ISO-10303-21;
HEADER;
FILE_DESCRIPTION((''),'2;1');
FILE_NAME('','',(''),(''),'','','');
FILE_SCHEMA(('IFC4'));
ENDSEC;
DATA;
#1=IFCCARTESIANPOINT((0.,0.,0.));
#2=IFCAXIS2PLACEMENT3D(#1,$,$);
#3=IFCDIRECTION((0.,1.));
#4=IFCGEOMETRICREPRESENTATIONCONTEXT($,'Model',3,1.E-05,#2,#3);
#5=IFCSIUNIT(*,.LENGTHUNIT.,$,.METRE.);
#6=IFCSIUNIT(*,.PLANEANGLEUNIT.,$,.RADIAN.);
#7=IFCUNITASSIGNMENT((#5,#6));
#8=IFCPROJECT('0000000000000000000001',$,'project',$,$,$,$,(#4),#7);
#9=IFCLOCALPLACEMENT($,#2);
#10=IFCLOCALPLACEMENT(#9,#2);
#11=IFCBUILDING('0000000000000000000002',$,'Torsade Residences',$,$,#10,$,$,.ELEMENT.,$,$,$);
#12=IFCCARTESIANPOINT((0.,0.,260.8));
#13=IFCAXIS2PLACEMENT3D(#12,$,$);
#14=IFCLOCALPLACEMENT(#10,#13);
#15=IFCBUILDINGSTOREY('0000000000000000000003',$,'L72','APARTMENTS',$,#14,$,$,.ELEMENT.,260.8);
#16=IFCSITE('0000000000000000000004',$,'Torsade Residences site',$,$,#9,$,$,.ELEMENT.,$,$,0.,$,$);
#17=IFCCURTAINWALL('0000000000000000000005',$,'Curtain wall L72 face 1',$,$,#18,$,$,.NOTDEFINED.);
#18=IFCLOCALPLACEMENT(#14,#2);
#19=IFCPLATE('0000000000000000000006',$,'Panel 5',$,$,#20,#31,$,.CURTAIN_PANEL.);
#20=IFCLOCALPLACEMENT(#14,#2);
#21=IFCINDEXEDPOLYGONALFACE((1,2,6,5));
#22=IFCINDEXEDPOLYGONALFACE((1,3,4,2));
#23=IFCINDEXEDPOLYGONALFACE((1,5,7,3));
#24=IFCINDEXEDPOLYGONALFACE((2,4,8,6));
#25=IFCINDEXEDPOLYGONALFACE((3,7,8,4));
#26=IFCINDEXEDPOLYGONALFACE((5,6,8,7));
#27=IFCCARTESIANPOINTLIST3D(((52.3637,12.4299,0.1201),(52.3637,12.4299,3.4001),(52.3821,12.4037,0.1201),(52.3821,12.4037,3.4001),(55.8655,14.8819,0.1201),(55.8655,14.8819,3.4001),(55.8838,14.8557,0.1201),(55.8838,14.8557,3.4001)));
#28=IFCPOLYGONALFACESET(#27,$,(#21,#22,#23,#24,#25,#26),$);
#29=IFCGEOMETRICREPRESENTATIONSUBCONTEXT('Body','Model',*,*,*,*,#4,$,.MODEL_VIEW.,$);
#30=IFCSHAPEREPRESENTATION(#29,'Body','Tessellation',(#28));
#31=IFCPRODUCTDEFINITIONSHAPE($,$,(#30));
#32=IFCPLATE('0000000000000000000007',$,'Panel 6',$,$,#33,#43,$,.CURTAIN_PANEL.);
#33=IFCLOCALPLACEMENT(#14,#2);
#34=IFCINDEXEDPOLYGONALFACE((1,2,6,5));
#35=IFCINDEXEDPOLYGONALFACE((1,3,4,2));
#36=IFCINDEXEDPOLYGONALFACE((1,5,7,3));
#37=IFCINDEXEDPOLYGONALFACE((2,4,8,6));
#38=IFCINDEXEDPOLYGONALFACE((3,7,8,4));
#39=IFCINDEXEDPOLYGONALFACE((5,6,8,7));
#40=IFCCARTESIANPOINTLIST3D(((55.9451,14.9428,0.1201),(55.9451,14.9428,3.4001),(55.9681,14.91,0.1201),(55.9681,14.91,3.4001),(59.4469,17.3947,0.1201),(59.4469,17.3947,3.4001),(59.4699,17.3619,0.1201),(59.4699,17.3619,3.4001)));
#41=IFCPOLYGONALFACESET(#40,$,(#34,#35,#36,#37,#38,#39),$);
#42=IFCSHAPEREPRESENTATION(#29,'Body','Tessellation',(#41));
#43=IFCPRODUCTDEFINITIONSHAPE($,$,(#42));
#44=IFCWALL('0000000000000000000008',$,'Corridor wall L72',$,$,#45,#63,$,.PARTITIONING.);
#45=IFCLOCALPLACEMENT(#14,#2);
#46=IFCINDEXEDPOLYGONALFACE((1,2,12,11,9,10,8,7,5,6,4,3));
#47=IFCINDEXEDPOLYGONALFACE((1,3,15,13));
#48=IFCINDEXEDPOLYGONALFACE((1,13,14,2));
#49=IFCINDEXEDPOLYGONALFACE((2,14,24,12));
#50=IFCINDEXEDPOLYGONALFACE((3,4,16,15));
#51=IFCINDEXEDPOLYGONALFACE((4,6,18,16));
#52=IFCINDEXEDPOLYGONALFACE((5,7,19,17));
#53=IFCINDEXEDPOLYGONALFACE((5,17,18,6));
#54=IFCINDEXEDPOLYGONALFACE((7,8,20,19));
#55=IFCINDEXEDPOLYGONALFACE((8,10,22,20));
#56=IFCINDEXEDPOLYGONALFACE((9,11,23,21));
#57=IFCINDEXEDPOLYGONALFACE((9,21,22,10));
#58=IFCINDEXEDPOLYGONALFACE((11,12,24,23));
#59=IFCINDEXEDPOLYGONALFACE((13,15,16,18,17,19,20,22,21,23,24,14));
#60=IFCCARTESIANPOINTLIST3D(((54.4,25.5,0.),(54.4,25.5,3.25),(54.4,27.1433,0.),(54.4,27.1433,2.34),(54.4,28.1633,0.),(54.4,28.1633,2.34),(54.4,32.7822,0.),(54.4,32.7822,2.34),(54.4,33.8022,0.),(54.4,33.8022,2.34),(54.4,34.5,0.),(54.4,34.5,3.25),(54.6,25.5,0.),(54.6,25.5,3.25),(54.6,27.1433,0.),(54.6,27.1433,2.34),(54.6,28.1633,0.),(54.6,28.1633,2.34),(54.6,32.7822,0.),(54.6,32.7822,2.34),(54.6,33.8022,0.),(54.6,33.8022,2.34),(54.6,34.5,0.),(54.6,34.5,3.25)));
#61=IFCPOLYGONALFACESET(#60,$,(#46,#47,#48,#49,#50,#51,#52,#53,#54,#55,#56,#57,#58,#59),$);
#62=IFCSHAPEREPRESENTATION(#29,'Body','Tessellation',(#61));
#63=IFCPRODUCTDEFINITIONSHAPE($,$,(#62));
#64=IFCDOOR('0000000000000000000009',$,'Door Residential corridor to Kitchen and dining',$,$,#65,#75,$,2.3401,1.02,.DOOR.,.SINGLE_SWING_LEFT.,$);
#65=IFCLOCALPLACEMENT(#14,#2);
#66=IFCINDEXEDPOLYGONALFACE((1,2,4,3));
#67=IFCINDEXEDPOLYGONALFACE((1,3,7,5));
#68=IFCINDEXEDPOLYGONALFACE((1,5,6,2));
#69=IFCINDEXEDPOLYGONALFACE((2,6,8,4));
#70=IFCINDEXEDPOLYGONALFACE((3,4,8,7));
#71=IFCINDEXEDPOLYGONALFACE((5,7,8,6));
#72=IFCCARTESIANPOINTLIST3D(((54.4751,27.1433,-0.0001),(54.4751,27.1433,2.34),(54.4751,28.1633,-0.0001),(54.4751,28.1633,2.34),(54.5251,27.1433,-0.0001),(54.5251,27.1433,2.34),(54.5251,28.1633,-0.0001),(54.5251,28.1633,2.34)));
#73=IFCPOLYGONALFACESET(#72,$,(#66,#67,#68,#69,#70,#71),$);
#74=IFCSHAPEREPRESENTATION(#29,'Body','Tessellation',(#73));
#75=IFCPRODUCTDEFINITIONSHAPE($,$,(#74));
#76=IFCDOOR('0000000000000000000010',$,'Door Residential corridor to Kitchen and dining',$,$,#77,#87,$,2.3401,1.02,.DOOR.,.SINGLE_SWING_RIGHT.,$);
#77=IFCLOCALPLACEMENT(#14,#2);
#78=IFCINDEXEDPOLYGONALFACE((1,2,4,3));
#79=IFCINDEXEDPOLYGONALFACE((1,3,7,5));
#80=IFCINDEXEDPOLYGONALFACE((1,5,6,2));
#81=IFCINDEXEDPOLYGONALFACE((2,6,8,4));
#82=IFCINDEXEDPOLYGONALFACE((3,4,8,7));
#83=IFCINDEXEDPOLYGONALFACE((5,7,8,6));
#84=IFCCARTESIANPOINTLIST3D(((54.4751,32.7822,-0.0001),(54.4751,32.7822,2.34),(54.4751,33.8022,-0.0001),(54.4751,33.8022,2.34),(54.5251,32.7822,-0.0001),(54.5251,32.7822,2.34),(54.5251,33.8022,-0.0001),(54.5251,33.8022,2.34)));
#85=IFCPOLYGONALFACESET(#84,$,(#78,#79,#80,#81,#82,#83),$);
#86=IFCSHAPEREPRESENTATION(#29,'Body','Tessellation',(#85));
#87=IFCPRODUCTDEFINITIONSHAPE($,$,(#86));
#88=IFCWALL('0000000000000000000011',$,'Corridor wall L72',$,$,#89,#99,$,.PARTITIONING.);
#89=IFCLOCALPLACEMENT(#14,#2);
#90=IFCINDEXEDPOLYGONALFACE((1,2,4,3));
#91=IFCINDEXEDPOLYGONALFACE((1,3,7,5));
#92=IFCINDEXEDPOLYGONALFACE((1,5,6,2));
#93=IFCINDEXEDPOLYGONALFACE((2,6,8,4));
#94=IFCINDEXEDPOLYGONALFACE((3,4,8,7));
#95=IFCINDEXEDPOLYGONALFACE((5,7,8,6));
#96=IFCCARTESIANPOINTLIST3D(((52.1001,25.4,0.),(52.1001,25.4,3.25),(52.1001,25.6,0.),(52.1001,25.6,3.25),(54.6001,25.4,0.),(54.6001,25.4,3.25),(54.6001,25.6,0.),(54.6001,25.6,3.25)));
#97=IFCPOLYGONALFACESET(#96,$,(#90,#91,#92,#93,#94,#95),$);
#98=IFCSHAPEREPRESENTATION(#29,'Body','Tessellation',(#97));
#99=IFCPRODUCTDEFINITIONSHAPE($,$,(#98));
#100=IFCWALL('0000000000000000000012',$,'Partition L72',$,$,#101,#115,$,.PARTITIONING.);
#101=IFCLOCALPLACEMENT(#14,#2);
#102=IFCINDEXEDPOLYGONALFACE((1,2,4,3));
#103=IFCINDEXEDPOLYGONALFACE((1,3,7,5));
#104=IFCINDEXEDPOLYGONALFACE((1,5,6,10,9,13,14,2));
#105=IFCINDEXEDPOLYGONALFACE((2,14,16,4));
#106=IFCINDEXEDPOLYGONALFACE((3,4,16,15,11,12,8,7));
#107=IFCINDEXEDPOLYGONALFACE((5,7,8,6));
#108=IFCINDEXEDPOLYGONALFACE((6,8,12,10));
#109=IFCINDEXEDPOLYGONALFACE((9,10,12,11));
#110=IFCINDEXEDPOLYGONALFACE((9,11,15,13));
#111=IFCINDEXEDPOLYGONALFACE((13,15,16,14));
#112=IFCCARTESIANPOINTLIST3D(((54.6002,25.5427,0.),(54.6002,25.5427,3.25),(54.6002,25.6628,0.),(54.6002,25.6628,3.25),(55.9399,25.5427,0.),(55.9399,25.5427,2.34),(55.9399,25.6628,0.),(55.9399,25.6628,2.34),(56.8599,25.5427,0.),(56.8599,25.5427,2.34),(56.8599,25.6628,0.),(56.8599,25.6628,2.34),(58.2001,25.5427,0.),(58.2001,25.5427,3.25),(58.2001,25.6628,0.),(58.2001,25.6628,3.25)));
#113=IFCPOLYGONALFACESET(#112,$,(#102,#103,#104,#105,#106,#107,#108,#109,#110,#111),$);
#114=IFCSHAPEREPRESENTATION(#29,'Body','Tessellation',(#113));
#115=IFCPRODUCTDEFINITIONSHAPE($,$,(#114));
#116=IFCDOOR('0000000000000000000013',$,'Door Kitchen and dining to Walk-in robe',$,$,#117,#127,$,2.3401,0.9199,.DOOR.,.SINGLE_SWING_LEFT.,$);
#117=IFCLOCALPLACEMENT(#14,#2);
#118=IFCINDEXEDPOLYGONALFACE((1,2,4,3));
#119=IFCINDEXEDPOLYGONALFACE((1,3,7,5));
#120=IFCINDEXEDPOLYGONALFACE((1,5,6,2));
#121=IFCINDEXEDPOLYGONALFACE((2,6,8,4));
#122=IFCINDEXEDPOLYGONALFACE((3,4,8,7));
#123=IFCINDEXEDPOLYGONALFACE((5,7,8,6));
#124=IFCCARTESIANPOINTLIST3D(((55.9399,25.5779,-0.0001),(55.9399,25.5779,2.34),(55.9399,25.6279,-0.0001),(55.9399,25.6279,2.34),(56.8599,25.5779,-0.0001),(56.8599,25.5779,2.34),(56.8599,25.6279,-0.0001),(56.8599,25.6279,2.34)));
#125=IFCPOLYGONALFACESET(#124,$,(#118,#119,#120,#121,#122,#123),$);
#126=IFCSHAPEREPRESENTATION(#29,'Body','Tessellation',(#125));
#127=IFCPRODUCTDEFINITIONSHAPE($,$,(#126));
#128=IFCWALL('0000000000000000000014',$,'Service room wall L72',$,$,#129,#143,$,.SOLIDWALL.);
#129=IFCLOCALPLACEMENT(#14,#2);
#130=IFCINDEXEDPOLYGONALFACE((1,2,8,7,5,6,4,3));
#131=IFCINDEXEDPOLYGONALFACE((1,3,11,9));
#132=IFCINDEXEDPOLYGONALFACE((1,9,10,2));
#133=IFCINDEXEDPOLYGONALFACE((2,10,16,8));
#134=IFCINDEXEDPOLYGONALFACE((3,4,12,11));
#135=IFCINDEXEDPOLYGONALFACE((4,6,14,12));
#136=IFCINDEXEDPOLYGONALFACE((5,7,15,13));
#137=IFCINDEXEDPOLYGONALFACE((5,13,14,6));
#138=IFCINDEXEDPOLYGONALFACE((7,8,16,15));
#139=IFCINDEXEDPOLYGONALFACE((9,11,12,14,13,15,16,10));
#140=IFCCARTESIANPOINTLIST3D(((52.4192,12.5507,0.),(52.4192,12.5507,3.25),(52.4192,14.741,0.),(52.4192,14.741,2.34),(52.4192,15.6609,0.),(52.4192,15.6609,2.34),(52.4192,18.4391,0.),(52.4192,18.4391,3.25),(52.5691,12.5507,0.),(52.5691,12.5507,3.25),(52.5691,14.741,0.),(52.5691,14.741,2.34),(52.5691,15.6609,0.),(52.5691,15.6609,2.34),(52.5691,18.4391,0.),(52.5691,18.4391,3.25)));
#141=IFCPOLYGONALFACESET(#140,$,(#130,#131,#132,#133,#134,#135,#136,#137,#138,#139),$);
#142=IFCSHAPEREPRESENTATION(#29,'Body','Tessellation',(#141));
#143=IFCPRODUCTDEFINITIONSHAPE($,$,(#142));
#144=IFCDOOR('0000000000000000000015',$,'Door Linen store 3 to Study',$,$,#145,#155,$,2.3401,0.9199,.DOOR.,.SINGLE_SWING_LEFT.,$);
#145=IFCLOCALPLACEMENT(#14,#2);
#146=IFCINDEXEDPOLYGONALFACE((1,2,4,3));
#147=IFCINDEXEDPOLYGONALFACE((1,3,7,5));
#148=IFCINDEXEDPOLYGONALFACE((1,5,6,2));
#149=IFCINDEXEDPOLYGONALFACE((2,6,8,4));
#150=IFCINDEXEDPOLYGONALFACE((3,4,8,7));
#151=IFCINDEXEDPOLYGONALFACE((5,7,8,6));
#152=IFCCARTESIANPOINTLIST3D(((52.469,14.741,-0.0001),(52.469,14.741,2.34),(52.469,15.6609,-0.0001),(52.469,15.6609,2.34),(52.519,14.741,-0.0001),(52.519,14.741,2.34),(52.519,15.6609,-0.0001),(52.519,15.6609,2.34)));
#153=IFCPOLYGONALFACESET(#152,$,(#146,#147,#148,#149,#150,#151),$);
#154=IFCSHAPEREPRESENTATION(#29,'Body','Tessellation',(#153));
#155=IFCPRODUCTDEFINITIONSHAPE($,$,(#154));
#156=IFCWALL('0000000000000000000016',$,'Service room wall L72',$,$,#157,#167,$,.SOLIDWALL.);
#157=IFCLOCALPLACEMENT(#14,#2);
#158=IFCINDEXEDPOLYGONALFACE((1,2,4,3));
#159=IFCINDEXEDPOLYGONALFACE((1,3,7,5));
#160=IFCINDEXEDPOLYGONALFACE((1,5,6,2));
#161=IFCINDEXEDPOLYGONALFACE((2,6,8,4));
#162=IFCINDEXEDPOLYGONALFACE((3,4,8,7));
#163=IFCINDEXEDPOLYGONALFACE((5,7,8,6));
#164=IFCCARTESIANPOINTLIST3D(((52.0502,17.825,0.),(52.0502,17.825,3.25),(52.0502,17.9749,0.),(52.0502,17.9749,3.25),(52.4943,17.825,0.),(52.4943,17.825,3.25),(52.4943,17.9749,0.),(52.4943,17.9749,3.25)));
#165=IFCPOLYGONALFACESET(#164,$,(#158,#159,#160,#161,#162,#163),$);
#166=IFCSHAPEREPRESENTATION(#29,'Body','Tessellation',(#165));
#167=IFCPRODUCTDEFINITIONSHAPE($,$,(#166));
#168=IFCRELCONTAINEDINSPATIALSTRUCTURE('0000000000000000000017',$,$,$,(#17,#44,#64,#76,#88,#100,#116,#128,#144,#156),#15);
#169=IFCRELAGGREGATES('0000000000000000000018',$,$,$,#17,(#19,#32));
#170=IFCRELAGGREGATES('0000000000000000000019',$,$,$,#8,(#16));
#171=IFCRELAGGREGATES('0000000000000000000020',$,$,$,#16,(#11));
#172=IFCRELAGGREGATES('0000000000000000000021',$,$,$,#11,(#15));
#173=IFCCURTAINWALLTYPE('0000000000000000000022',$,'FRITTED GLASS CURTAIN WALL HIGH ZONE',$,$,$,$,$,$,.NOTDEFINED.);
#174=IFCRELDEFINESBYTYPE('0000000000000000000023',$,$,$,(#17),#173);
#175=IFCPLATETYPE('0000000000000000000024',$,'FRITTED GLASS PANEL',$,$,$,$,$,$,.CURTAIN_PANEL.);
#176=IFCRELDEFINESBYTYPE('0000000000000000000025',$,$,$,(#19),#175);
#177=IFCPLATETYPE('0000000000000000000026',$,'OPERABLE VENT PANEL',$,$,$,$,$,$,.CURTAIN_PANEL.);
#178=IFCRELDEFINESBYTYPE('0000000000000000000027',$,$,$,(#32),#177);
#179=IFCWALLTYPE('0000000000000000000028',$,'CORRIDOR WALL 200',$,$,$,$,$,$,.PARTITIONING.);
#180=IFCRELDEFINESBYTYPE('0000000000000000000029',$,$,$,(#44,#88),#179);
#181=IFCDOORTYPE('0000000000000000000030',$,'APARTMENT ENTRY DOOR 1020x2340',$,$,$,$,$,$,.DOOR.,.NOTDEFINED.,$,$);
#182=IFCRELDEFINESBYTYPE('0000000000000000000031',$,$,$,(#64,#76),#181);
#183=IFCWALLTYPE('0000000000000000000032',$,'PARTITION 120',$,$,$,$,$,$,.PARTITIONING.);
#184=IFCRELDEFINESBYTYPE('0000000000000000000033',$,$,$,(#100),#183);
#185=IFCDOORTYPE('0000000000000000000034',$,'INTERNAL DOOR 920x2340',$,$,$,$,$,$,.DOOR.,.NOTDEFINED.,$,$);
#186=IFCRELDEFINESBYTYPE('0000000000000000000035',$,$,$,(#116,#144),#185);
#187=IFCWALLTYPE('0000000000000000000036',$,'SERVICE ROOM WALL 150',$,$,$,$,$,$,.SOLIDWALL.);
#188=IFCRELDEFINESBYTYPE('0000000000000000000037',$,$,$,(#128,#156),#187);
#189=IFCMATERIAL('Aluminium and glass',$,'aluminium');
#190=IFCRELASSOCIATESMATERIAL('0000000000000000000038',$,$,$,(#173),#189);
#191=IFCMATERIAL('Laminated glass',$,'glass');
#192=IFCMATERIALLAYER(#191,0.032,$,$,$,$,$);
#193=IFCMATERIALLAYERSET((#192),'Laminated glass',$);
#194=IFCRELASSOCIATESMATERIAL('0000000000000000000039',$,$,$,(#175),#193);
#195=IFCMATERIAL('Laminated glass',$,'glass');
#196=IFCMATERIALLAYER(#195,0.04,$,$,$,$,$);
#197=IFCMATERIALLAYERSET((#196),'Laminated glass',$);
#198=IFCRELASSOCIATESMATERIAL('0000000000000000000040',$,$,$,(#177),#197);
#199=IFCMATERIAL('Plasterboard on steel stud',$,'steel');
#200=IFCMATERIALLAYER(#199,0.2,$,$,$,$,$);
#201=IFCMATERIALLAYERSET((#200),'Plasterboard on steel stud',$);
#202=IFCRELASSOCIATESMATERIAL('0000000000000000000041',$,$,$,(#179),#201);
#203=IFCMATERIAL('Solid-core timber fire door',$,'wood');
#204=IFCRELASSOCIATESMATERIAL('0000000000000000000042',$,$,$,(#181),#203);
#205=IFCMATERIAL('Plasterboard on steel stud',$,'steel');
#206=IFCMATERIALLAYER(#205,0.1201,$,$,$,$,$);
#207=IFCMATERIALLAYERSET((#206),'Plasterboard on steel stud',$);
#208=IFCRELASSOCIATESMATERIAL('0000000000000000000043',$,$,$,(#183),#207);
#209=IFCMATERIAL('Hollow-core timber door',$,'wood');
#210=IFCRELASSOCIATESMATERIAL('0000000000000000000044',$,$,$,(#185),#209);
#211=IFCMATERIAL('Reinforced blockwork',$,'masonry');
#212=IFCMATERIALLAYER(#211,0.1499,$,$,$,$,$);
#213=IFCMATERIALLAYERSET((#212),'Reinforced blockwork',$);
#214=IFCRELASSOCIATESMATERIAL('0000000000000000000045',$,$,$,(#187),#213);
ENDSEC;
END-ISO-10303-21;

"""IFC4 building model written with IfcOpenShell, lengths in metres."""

from ifc_helpers import new_model, si_unit, direction, frame, frame_2d, origin, origin_2d, place, context, subcontext, project, spatial, rectangle, extrude, material, layer, layer_set, type_object, element, fill, aggregate, save


model = new_model("IFC4")

# Units and contexts
model_context = context("Model", 3, precision=1e-05, world=origin(), true_north=direction((0.0, 1.0)))
body_context = subcontext(model_context, "Body", "Model", "MODEL_VIEW")
ifc_project = project(units=[si_unit("LENGTHUNIT", "METRE"), si_unit("PLANEANGLEUNIT", "RADIAN")], contexts=[model_context])

# Site, building, storey
site_placement = place(None, origin())
site = spatial("IfcSite", under=ifc_project, at=site_placement, Name="Torsade Residences site", CompositionType="ELEMENT", RefElevation=0.0)
building_placement = place(site_placement, origin())
building = spatial("IfcBuilding", under=site, at=building_placement, Name="Torsade Residences", CompositionType="ELEMENT")
storey_placement = place(building_placement, frame((0.0, 0.0, 260.8)))
storey = spatial("IfcBuildingStorey", under=building, at=storey_placement, Name="L72", Description="APARTMENTS", CompositionType="ELEMENT", Elevation=260.8)

# Curtain wall
ifc_material_1 = material(Name="Aluminium and glass", Category="aluminium")
curtain_wall_type = type_object("IfcCurtainWallType", Name="FRITTED GLASS CURTAIN WALL HIGH ZONE", PredefinedType="NOTDEFINED", material=ifc_material_1)
curtain_wall_placement = place(storey_placement, origin())
curtain_wall = element("IfcCurtainWall", 1, at=curtain_wall_placement, inside=storey, type_object=curtain_wall_type, Name="Curtain wall L72 face 1", PredefinedType="NOTDEFINED")

# Plates
ifc_material_2 = material(Name="Laminated glass", Category="glass")
ifc_layer_1 = layer(ifc_material_2, 0.032)
ifc_layer_set_1 = layer_set([ifc_layer_1], Name="Laminated glass")
plate_type_1 = type_object("IfcPlateType", Name="FRITTED GLASS PANEL", PredefinedType="CURTAIN_PANEL", material=ifc_layer_set_1)
plate_1_placement = place(storey_placement, frame((54.1238, 13.6428, 0.1201), z_axis=(0.0, 0.0, 1.0), x_axis=(0.819152, 0.573576, 0.0)))
plate_1 = element("IfcPlate", 2, at=plate_1_placement, type_object=plate_type_1, Name="Panel 5", PredefinedType="CURTAIN_PANEL", context=body_context, shape_type="SweptSolid", body=[
    extrude(rectangle(XDim=4.2749, YDim=0.032, at=origin_2d()), origin(), (0.0, 0.0, 1.0), 3.28),
])
ifc_material_3 = material(Name="Laminated glass", Category="glass")
ifc_layer_2 = layer(ifc_material_3, 0.04)
ifc_layer_set_2 = layer_set([ifc_layer_2], Name="Laminated glass")
plate_type_2 = type_object("IfcPlateType", Name="OPERABLE VENT PANEL", PredefinedType="CURTAIN_PANEL", material=ifc_layer_set_2)
plate_2_placement = place(storey_placement, frame((57.7075, 16.1523, 0.1201), z_axis=(0.0, 0.0, 1.0), x_axis=(0.819152, 0.573576, 0.0)))
plate_2 = element("IfcPlate", 3, at=plate_2_placement, type_object=plate_type_2, Name="Panel 6", PredefinedType="CURTAIN_PANEL", context=body_context, shape_type="SweptSolid", body=[
    extrude(rectangle(XDim=4.2749, YDim=0.04, at=origin_2d()), origin(), (0.0, 0.0, 1.0), 3.28),
])
aggregate(curtain_wall, [plate_1, plate_2])

# Wall, openings, doors
ifc_material_4 = material(Name="Plasterboard on steel stud", Category="steel")
ifc_layer_3 = layer(ifc_material_4, 0.2)
ifc_layer_set_3 = layer_set([ifc_layer_3], Name="Plasterboard on steel stud")
wall_type_1 = type_object("IfcWallType", Name="CORRIDOR WALL 200", PredefinedType="PARTITIONING", material=ifc_layer_set_3)
wall_1_placement = place(storey_placement, frame((54.5, 25.5, 0.0), z_axis=(0.0, 0.0, 1.0), x_axis=(0.0, 1.0, 0.0)))
wall_1 = element("IfcWall", 4, at=wall_1_placement, inside=storey, type_object=wall_type_1, Name="Corridor wall L72", PredefinedType="PARTITIONING", context=body_context, shape_type="SweptSolid", body=[
    extrude(rectangle(XDim=9.0, YDim=0.2, at=frame_2d((4.5, 0.0))), origin(), (0.0, 0.0, 1.0), 3.25),
])
opening_1_placement = place(wall_1_placement, frame((1.6433, 0.0, 0.0)))
opening_1 = element("IfcOpeningElement", 5, at=opening_1_placement, cuts=wall_1, PredefinedType="OPENING", context=body_context, shape_type="SweptSolid", body=[
    extrude(rectangle(XDim=1.02, YDim=2.3401, at=frame_2d((0.51, 1.1699))), frame((0.0, 0.1099, 0.0), z_axis=(0.0, -1.0, 0.0), x_axis=(1.0, 0.0, 0.0)), (0.0, 0.0, 1.0), 0.22),
])
opening_2_placement = place(wall_1_placement, frame((7.2822, 0.0, 0.0)))
opening_2 = element("IfcOpeningElement", 6, at=opening_2_placement, cuts=wall_1, PredefinedType="OPENING", context=body_context, shape_type="SweptSolid", body=[
    extrude(rectangle(XDim=1.02, YDim=2.3401, at=frame_2d((0.51, 1.1699))), frame((0.0, 0.1099, 0.0), z_axis=(0.0, -1.0, 0.0), x_axis=(1.0, 0.0, 0.0)), (0.0, 0.0, 1.0), 0.22),
])
ifc_material_5 = material(Name="Solid-core timber fire door", Category="wood")
door_type_1 = type_object("IfcDoorType", Name="APARTMENT ENTRY DOOR 1020x2340", OperationType="NOTDEFINED", PredefinedType="DOOR", material=ifc_material_5)
door_1_placement = place(opening_1_placement, origin())
door_1 = element("IfcDoor", 7, at=door_1_placement, inside=storey, type_object=door_type_1, Name="Door Residential corridor to Kitchen and dining", OperationType="SINGLE_SWING_LEFT", OverallHeight=2.3401, OverallWidth=1.02, PredefinedType="DOOR", context=body_context, shape_type="SweptSolid", body=[
    extrude(rectangle(XDim=1.02, YDim=2.3401, at=frame_2d((0.51, 1.1699))), frame((0.0, 0.0249, 0.0), z_axis=(0.0, -1.0, 0.0), x_axis=(1.0, 0.0, 0.0)), (0.0, 0.0, 1.0), 0.05),
])
fill(opening_1, door_1)
door_2_placement = place(opening_2_placement, origin())
door_2 = element("IfcDoor", 8, at=door_2_placement, inside=storey, type_object=door_type_1, Name="Door Residential corridor to Kitchen and dining", OperationType="SINGLE_SWING_RIGHT", OverallHeight=2.3401, OverallWidth=1.02, PredefinedType="DOOR", context=body_context, shape_type="SweptSolid", body=[
    extrude(rectangle(XDim=1.02, YDim=2.3401, at=frame_2d((0.51, 1.1699))), frame((0.0, 0.0249, 0.0), z_axis=(0.0, -1.0, 0.0), x_axis=(1.0, 0.0, 0.0)), (0.0, 0.0, 1.0), 0.05),
])
fill(opening_2, door_2)

# Wall
wall_2_placement = place(storey_placement, frame((52.1001, 25.5, 0.0), z_axis=(0.0, 0.0, 1.0), x_axis=(1.0, 0.0, 0.0)))
element("IfcWall", 9, at=wall_2_placement, inside=storey, type_object=wall_type_1, Name="Corridor wall L72", PredefinedType="PARTITIONING", context=body_context, shape_type="SweptSolid", body=[
    extrude(rectangle(XDim=2.5, YDim=0.2, at=frame_2d((1.25, 0.0))), origin(), (0.0, 0.0, 1.0), 3.25),
])

# Walls, openings, doors
ifc_material_6 = material(Name="Plasterboard on steel stud", Category="steel")
ifc_layer_4 = layer(ifc_material_6, 0.1201)
ifc_layer_set_4 = layer_set([ifc_layer_4], Name="Plasterboard on steel stud")
wall_type_2 = type_object("IfcWallType", Name="PARTITION 120", PredefinedType="PARTITIONING", material=ifc_layer_set_4)
wall_3_placement = place(storey_placement, frame((58.2, 25.6028, 0.0), z_axis=(0.0, 0.0, 1.0), x_axis=(-1.0, 0.0, 0.0)))
wall_3 = element("IfcWall", 10, at=wall_3_placement, inside=storey, type_object=wall_type_2, Name="Partition L72", PredefinedType="PARTITIONING", context=body_context, shape_type="SweptSolid", body=[
    extrude(rectangle(XDim=3.5999, YDim=0.1201, at=frame_2d((1.7998, 0.0))), origin(), (0.0, 0.0, 1.0), 3.25),
])
opening_3_placement = place(wall_3_placement, frame((1.3401, 0.0, 0.0)))
opening_3 = element("IfcOpeningElement", 11, at=opening_3_placement, cuts=wall_3, PredefinedType="OPENING", context=body_context, shape_type="SweptSolid", body=[
    extrude(rectangle(XDim=0.9199, YDim=2.3401, at=frame_2d((0.46, 1.1699))), frame((0.0, 0.0701, 0.0), z_axis=(0.0, -1.0, 0.0), x_axis=(1.0, 0.0, 0.0)), (0.0, 0.0, 1.0), 0.1401),
])
ifc_material_7 = material(Name="Hollow-core timber door", Category="wood")
door_type_2 = type_object("IfcDoorType", Name="INTERNAL DOOR 920x2340", OperationType="NOTDEFINED", PredefinedType="DOOR", material=ifc_material_7)
door_3_placement = place(opening_3_placement, origin())
door_3 = element("IfcDoor", 12, at=door_3_placement, inside=storey, type_object=door_type_2, Name="Door Kitchen and dining to Walk-in robe", OperationType="SINGLE_SWING_LEFT", OverallHeight=2.3401, OverallWidth=0.9199, PredefinedType="DOOR", context=body_context, shape_type="SweptSolid", body=[
    extrude(rectangle(XDim=0.9199, YDim=2.3401, at=frame_2d((0.46, 1.1699))), frame((0.0, 0.0249, 0.0), z_axis=(0.0, -1.0, 0.0), x_axis=(1.0, 0.0, 0.0)), (0.0, 0.0, 1.0), 0.05),
])
fill(opening_3, door_3)
ifc_material_8 = material(Name="Reinforced blockwork", Category="masonry")
ifc_layer_5 = layer(ifc_material_8, 0.1499)
ifc_layer_set_5 = layer_set([ifc_layer_5], Name="Reinforced blockwork")
wall_type_3 = type_object("IfcWallType", Name="SERVICE ROOM WALL 150", PredefinedType="SOLIDWALL", material=ifc_layer_set_5)
wall_4_placement = place(storey_placement, frame((52.4941, 18.4392, 0.0), z_axis=(0.0, 0.0, 1.0), x_axis=(0.0, -1.0, 0.0)))
wall_4 = element("IfcWall", 13, at=wall_4_placement, inside=storey, type_object=wall_type_3, Name="Service room wall L72", PredefinedType="SOLIDWALL", context=body_context, shape_type="SweptSolid", body=[
    extrude(rectangle(XDim=5.8884, YDim=0.1499, at=frame_2d((2.9443, 0.0))), origin(), (0.0, 0.0, 1.0), 3.25),
])
opening_4_placement = place(wall_4_placement, frame((2.7783, 0.0, 0.0)))
opening_4 = element("IfcOpeningElement", 14, at=opening_4_placement, cuts=wall_4, PredefinedType="OPENING", context=body_context, shape_type="SweptSolid", body=[
    extrude(rectangle(XDim=0.9199, YDim=2.3401, at=frame_2d((0.46, 1.1699))), frame((0.0, 0.085, 0.0), z_axis=(0.0, -1.0, 0.0), x_axis=(1.0, 0.0, 0.0)), (0.0, 0.0, 1.0), 0.1699),
])
door_4_placement = place(opening_4_placement, origin())
door_4 = element("IfcDoor", 15, at=door_4_placement, inside=storey, type_object=door_type_2, Name="Door Linen store 3 to Study", OperationType="SINGLE_SWING_LEFT", OverallHeight=2.3401, OverallWidth=0.9199, PredefinedType="DOOR", context=body_context, shape_type="SweptSolid", body=[
    extrude(rectangle(XDim=0.9199, YDim=2.3401, at=frame_2d((0.46, 1.1699))), frame((0.0, 0.0249, 0.0), z_axis=(0.0, -1.0, 0.0), x_axis=(1.0, 0.0, 0.0)), (0.0, 0.0, 1.0), 0.05),
])
fill(opening_4, door_4)

# Wall
wall_5_placement = place(storey_placement, frame((52.05, 17.8999, 0.0), z_axis=(0.0, 0.0, 1.0), x_axis=(1.0, 0.0, 0.0)))
element("IfcWall", 16, at=wall_5_placement, inside=storey, type_object=wall_type_3, Name="Service room wall L72", PredefinedType="SOLIDWALL", context=body_context, shape_type="SweptSolid", body=[
    extrude(rectangle(XDim=0.4441, YDim=0.1499, at=frame_2d((0.2222, 0.0))), origin(), (0.0, 0.0, 1.0), 3.25),
])

save(model, "model.ifc")
